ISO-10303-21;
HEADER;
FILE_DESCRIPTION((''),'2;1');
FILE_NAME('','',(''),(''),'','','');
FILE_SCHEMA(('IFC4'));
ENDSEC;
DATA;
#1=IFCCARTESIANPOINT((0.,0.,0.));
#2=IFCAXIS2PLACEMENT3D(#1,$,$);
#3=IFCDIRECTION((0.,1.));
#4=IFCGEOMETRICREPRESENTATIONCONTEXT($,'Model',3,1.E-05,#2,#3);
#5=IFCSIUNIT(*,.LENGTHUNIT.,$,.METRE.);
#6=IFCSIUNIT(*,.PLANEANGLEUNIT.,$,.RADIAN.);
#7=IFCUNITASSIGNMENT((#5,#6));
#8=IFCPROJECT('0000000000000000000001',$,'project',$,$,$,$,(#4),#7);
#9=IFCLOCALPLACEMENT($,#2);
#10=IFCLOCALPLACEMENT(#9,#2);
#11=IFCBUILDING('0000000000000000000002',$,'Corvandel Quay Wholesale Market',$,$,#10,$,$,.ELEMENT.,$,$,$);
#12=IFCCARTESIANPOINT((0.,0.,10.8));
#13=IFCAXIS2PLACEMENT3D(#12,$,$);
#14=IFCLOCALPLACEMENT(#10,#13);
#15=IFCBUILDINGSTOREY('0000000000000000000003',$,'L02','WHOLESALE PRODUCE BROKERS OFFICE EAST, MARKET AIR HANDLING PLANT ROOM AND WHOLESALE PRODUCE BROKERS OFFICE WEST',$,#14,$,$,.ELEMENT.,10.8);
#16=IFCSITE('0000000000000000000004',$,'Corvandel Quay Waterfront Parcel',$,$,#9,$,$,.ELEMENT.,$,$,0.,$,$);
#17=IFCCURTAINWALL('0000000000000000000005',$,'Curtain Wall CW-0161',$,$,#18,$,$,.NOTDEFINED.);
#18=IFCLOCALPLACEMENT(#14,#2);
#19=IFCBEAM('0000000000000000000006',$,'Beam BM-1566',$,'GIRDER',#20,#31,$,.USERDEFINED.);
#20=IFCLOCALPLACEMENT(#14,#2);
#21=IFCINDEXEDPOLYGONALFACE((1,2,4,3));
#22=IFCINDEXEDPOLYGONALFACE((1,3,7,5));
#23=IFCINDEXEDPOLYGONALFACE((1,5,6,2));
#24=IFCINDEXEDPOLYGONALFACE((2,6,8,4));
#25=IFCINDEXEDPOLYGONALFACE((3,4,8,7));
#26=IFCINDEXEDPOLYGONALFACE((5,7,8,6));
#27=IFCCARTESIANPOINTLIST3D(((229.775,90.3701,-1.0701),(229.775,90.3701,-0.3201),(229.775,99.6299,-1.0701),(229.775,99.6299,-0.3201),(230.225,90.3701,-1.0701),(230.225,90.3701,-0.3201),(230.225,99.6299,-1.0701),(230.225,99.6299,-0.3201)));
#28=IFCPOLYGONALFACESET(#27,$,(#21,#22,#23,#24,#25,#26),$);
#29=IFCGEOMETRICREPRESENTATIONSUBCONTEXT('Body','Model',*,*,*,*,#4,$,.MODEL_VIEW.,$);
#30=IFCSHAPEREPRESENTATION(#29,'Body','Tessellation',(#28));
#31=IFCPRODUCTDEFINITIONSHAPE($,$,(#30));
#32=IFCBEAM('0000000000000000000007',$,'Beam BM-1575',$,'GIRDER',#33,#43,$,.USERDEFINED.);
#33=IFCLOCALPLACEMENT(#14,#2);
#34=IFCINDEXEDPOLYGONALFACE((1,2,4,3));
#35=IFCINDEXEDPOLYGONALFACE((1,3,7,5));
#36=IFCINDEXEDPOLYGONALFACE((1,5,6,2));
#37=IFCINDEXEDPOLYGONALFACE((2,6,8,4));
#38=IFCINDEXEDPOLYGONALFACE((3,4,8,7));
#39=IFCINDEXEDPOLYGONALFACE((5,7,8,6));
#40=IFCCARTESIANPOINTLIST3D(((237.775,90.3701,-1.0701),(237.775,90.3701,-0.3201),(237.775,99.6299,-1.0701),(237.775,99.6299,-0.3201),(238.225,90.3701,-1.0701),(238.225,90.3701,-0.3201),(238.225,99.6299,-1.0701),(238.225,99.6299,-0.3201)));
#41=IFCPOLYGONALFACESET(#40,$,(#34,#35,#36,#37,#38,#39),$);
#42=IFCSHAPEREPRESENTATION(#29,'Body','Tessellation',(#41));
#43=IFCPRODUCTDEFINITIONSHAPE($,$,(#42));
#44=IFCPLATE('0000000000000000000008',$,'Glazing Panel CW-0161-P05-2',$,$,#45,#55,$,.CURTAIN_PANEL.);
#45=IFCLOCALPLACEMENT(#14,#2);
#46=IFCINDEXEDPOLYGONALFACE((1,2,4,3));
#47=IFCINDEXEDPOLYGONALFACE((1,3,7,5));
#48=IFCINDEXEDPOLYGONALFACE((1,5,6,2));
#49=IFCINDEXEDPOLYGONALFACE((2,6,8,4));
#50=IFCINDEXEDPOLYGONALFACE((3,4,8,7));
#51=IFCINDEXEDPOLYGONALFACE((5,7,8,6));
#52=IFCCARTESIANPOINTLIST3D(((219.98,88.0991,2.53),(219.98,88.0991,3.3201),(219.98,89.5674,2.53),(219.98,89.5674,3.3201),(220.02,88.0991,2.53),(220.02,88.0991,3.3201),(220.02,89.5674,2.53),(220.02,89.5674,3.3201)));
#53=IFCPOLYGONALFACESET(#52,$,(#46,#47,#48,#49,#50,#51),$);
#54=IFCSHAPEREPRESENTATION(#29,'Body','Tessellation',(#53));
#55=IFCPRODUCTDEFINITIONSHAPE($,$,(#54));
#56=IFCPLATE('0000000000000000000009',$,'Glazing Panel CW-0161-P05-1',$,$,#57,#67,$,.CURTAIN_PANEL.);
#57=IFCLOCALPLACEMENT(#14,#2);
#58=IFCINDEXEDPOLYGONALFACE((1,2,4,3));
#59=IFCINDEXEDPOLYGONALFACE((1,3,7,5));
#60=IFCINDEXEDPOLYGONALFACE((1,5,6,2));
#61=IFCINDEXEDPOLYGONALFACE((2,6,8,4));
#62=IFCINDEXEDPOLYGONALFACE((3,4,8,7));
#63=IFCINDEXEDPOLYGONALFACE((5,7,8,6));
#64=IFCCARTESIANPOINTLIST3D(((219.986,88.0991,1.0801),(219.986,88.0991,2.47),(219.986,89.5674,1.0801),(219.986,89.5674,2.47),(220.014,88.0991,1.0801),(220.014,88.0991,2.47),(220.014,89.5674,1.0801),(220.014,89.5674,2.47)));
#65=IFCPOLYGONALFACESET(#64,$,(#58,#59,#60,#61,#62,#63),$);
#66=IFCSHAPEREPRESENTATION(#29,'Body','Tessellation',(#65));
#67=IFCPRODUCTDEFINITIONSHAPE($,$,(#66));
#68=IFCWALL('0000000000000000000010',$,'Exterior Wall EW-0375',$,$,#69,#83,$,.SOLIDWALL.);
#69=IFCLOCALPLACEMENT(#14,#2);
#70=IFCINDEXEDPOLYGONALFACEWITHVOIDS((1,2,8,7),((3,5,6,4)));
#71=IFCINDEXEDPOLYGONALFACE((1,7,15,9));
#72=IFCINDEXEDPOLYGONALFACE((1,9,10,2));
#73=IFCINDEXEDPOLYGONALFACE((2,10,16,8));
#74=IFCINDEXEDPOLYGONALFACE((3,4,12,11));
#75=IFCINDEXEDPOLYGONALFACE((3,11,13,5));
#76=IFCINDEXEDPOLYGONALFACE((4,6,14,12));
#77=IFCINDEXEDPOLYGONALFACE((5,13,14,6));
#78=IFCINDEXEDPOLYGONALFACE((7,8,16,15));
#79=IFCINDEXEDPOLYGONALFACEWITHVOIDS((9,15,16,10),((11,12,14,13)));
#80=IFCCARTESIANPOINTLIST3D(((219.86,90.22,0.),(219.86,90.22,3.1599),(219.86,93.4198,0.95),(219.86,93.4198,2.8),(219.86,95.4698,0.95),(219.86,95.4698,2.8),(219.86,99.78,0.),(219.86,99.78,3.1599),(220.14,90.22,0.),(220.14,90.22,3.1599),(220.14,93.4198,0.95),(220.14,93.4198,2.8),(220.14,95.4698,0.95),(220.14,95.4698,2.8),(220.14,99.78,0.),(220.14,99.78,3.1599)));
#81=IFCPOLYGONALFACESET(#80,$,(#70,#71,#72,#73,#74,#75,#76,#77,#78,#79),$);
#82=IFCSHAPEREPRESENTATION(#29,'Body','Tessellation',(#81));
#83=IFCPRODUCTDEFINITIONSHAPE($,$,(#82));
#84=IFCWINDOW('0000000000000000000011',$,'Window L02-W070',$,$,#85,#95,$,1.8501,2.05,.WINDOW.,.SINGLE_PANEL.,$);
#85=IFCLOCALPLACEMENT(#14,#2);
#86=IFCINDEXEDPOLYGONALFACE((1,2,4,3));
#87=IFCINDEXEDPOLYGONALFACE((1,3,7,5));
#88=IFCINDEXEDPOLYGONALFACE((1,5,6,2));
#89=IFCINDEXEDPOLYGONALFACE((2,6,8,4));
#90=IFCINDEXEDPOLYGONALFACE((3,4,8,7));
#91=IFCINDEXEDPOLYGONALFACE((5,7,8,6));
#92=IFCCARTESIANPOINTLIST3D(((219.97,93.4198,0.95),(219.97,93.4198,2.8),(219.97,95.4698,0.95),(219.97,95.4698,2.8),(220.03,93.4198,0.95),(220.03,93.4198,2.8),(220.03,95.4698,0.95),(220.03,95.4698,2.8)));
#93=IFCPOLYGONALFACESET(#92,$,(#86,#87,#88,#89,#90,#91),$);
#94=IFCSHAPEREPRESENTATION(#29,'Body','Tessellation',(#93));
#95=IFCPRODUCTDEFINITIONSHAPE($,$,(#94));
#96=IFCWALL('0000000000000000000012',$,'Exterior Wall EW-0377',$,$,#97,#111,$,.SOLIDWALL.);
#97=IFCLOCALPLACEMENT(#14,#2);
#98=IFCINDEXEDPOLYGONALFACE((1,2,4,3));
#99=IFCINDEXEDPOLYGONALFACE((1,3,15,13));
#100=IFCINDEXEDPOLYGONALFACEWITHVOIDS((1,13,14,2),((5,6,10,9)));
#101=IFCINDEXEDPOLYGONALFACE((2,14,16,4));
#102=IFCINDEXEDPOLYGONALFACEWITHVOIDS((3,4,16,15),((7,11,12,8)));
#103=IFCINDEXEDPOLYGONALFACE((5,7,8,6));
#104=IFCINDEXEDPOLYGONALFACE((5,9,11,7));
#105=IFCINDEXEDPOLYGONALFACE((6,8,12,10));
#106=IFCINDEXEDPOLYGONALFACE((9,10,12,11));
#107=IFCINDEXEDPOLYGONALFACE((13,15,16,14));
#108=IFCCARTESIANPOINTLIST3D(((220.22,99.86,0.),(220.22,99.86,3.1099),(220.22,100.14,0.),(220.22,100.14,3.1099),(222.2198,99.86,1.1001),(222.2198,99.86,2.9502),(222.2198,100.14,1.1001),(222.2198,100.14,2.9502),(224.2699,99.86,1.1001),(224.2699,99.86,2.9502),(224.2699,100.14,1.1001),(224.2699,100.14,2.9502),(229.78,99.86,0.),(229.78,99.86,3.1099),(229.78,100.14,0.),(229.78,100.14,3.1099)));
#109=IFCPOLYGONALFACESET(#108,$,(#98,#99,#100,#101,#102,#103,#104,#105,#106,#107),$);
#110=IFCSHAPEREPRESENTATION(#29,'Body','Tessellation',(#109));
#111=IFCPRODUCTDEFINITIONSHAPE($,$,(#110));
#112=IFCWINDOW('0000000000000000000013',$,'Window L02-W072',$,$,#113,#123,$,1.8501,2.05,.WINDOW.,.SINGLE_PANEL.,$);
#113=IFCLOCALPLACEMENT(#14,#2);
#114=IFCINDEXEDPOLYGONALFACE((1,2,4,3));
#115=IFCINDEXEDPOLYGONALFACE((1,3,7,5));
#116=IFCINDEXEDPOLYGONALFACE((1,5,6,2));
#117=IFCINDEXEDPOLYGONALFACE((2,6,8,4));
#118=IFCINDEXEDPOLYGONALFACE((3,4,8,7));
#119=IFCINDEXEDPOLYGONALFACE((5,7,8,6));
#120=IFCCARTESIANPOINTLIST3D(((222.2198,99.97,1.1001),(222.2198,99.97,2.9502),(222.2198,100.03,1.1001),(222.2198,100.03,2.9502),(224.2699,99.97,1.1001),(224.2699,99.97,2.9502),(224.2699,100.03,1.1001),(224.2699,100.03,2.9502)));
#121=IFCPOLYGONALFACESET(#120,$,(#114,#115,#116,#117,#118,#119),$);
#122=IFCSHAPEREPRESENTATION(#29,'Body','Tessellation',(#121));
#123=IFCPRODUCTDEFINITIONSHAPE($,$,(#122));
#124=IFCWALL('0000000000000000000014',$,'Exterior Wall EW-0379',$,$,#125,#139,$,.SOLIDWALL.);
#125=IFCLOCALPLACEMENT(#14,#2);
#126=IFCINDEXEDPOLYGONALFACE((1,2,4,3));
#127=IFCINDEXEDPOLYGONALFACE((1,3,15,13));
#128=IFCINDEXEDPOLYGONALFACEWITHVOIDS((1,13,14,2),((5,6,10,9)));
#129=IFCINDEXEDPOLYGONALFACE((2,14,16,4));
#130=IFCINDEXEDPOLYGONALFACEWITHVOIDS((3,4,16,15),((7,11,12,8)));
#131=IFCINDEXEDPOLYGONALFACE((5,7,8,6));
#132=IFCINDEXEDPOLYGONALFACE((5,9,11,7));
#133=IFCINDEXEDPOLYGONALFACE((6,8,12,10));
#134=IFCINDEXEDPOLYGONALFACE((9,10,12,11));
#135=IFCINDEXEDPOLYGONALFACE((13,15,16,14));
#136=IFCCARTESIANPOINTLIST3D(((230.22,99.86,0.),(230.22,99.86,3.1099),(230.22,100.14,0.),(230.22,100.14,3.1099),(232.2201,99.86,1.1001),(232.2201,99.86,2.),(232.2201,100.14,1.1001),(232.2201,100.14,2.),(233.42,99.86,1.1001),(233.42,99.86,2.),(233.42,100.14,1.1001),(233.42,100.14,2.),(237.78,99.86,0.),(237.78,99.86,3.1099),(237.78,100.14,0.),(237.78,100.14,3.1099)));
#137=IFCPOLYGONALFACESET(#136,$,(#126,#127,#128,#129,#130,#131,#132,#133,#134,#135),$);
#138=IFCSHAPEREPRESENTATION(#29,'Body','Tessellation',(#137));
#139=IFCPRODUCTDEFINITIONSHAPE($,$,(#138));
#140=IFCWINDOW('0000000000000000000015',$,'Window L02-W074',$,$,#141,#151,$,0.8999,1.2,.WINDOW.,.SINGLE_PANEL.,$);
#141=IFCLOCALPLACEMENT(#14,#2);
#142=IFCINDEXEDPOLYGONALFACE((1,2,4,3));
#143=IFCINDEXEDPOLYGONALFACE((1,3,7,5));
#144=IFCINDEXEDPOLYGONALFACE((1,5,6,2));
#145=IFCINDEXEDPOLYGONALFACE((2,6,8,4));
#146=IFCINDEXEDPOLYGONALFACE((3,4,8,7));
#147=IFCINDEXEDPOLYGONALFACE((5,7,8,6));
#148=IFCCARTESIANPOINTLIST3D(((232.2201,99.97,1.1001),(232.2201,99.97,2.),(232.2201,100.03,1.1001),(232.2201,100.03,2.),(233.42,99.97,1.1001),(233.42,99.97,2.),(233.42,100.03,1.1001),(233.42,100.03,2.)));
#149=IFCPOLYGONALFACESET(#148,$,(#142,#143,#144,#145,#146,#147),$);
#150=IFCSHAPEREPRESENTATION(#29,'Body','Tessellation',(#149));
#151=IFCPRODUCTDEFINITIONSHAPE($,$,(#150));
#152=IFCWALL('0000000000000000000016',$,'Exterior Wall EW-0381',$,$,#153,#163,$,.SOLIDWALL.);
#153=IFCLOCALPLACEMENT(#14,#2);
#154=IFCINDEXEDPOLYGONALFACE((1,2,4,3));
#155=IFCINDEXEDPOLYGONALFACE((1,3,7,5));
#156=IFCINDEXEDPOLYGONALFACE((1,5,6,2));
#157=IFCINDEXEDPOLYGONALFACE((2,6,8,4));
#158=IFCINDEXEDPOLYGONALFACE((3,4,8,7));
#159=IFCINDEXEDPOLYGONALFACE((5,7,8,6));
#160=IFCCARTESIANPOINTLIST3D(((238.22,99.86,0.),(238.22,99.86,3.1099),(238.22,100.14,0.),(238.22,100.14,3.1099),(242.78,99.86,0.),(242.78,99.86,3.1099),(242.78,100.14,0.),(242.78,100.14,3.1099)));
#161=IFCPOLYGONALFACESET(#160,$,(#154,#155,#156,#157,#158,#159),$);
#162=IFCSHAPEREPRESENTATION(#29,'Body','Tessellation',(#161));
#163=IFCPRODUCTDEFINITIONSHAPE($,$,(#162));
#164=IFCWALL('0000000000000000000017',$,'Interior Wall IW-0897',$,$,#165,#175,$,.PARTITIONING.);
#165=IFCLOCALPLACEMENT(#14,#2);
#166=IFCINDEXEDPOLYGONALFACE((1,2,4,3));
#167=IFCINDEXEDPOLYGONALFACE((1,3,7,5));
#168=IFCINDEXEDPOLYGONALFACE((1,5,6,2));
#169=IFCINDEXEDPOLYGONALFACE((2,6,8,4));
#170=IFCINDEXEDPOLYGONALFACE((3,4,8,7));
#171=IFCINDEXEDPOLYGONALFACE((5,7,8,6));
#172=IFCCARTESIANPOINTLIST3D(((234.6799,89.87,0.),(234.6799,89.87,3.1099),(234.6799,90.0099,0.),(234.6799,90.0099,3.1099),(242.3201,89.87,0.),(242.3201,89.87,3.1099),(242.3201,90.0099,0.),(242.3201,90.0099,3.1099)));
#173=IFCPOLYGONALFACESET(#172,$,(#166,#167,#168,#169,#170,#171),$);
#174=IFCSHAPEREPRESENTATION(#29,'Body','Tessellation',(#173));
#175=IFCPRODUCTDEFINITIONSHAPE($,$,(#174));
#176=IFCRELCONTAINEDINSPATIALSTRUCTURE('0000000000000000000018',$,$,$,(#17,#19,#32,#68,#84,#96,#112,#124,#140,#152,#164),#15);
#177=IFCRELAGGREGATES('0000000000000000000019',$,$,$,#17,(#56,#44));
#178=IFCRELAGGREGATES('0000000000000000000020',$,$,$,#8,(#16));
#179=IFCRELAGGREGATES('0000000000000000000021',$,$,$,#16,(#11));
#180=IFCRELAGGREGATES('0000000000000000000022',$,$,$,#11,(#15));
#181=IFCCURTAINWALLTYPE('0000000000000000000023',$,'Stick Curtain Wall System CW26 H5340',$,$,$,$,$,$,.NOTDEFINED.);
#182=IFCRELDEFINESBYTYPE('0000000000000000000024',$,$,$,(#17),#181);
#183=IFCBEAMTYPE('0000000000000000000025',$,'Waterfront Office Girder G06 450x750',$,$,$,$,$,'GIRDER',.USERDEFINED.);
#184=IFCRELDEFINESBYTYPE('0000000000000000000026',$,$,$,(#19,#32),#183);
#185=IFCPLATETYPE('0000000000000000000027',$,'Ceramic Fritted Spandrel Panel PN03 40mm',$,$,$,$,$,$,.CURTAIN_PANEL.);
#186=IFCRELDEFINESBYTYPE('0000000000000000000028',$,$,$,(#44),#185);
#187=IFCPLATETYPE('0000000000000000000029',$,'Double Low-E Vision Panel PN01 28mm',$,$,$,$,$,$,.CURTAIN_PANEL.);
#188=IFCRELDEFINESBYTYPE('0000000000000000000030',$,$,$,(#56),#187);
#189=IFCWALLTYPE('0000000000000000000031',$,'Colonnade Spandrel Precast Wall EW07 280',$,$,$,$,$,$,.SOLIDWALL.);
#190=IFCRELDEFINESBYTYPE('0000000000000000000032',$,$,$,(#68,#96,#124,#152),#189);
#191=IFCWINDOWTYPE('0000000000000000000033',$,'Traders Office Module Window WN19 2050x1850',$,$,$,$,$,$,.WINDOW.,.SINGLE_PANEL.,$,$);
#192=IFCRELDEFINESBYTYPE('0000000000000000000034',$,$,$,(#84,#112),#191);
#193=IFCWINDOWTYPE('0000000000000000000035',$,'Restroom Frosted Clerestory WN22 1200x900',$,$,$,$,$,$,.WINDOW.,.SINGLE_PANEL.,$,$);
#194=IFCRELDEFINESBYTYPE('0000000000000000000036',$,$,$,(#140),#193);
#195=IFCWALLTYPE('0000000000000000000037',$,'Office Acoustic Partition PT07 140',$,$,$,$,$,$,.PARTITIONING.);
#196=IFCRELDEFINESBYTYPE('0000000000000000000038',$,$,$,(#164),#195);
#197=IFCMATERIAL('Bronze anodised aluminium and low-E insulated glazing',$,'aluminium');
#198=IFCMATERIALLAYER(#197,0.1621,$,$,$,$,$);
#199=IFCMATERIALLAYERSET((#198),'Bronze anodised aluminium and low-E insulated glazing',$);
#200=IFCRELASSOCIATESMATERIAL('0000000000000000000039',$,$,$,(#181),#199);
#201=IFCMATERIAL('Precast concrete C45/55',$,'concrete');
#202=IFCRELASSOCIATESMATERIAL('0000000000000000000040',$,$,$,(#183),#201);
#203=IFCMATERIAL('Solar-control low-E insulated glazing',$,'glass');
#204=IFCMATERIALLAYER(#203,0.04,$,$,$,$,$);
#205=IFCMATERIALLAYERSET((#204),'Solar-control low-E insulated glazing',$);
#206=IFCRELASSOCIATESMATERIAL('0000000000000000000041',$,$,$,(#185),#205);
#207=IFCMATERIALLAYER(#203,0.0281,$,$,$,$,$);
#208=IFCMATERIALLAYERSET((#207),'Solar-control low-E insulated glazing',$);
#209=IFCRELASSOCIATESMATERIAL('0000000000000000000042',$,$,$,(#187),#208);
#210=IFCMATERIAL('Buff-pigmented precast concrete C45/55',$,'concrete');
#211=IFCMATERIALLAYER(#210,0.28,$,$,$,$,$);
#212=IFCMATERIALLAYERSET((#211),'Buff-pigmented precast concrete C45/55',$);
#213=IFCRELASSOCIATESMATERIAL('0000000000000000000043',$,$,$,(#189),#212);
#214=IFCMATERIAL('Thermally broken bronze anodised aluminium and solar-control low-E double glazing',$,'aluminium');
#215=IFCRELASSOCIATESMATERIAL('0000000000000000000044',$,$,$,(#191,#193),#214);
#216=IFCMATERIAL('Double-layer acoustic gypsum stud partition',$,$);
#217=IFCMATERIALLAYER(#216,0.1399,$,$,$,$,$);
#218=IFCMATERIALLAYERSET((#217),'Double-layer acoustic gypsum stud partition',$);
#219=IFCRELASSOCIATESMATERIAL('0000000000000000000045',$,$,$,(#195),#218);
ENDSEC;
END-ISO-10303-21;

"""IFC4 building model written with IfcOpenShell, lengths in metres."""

from ifc_helpers import new_model, si_unit, direction, frame, frame_2d, origin, origin_2d, place, context, subcontext, project, spatial, rectangle, extrude, material, layer, layer_set, material_profile, profile_set, type_object, element, fill, aggregate, save


model = new_model("IFC4")

# Units and contexts
model_context = context("Model", 3, precision=1e-05, world=origin(), true_north=direction((0.0, 1.0)))
body_context = subcontext(model_context, "Body", "Model", "MODEL_VIEW")
ifc_project = project(units=[si_unit("LENGTHUNIT", "METRE"), si_unit("PLANEANGLEUNIT", "RADIAN")], contexts=[model_context])

# Site, building, storey
site_placement = place(None, origin())
site = spatial("IfcSite", under=ifc_project, at=site_placement, Name="Corvandel Quay Waterfront Parcel", CompositionType="ELEMENT", RefElevation=0.0)
building_placement = place(site_placement, origin())
building = spatial("IfcBuilding", under=site, at=building_placement, Name="Corvandel Quay Wholesale Market", CompositionType="ELEMENT")
storey_placement = place(building_placement, frame((0.0, 0.0, 10.8)))
storey = spatial("IfcBuildingStorey", under=building, at=storey_placement, Name="L02", Description="WHOLESALE PRODUCE BROKERS OFFICE EAST, MARKET AIR HANDLING PLANT ROOM AND WHOLESALE PRODUCE BROKERS OFFICE WEST", CompositionType="ELEMENT", Elevation=10.8)

# Shared definitions
ifc_material_1 = material(Name="Precast concrete C45/55", Category="concrete")

# Curtain wall
ifc_material_2 = material(Name="Bronze anodised aluminium and low-E insulated glazing", Category="aluminium")
ifc_layer_1 = layer(ifc_material_2, 0.1621)
ifc_layer_set_1 = layer_set([ifc_layer_1], Name="Bronze anodised aluminium and low-E insulated glazing")
curtain_wall_type = type_object("IfcCurtainWallType", Name="Stick Curtain Wall System CW26 H5340", PredefinedType="NOTDEFINED", material=ifc_layer_set_1)
curtain_wall_placement = place(storey_placement, origin())
curtain_wall = element("IfcCurtainWall", 1, at=curtain_wall_placement, inside=storey, type_object=curtain_wall_type, Name="Curtain Wall CW-0161", PredefinedType="NOTDEFINED")

# Beams
ifc_material_profile_1 = material_profile(ifc_material_1, rectangle(XDim=0.45, YDim=0.75, at=origin_2d()), Name="PC-GIR-450x750")
ifc_profile_set_1 = profile_set([ifc_material_profile_1], Name="Precast concrete C45/55")
beam_type_1 = type_object("IfcBeamType", Name="Waterfront Office Girder G06 450x750", ElementType="GIRDER", PredefinedType="USERDEFINED", material=ifc_profile_set_1)
for number, where, z_axis, x_axis, name in (
    (2, (230.0, 90.3701, -0.6951), (0.0, 1.0, 0.0), (-1.0, 0.0, 0.0), "Beam BM-1566"),
    (3, (238.0, 90.3701, -0.6951), (0.0, 1.0, 0.0), (-1.0, 0.0, 0.0), "Beam BM-1575"),
):
    element("IfcBeam", number, at=place(storey_placement, frame(where, z_axis=z_axis, x_axis=x_axis)), inside=storey, type_object=beam_type_1, Name=name, ObjectType="GIRDER", PredefinedType="USERDEFINED", context=body_context, shape_type="SweptSolid", body=[
        extrude(rectangle(XDim=0.45, YDim=0.75, at=origin_2d()), origin(), (0.0, 0.0, 1.0), 9.2598),
    ])

# Plates
ifc_material_3 = material(Name="Solar-control low-E insulated glazing", Category="glass")
ifc_layer_2 = layer(ifc_material_3, 0.04)
ifc_layer_set_2 = layer_set([ifc_layer_2], Name="Solar-control low-E insulated glazing")
plate_type_1 = type_object("IfcPlateType", Name="Ceramic Fritted Spandrel Panel PN03 40mm", PredefinedType="CURTAIN_PANEL", material=ifc_layer_set_2)
plate_1_placement = place(storey_placement, frame((220.0, 88.8333, 2.53), z_axis=(0.0, 0.0, 1.0), x_axis=(0.0, 1.0, 0.0)))
plate_1 = element("IfcPlate", 4, at=plate_1_placement, type_object=plate_type_1, Name="Glazing Panel CW-0161-P05-2", PredefinedType="CURTAIN_PANEL", context=body_context, shape_type="SweptSolid", body=[
    extrude(rectangle(XDim=1.4683, YDim=0.04, at=origin_2d()), origin(), (0.0, 0.0, 1.0), 0.79),
])
ifc_layer_3 = layer(ifc_material_3, 0.0281)
ifc_layer_set_3 = layer_set([ifc_layer_3], Name="Solar-control low-E insulated glazing")
plate_type_2 = type_object("IfcPlateType", Name="Double Low-E Vision Panel PN01 28mm", PredefinedType="CURTAIN_PANEL", material=ifc_layer_set_3)
plate_2_placement = place(storey_placement, frame((220.0, 88.8333, 1.0801), z_axis=(0.0, 0.0, 1.0), x_axis=(0.0, 1.0, 0.0)))
plate_2 = element("IfcPlate", 5, at=plate_2_placement, type_object=plate_type_2, Name="Glazing Panel CW-0161-P05-1", PredefinedType="CURTAIN_PANEL", context=body_context, shape_type="SweptSolid", body=[
    extrude(rectangle(XDim=1.4683, YDim=0.0281, at=origin_2d()), origin(), (0.0, 0.0, 1.0), 1.3899),
])
aggregate(curtain_wall, [plate_2, plate_1])

# Walls, openings, windows
ifc_material_4 = material(Name="Buff-pigmented precast concrete C45/55", Category="concrete")
ifc_layer_4 = layer(ifc_material_4, 0.28)
ifc_layer_set_4 = layer_set([ifc_layer_4], Name="Buff-pigmented precast concrete C45/55")
wall_type_1 = type_object("IfcWallType", Name="Colonnade Spandrel Precast Wall EW07 280", PredefinedType="SOLIDWALL", material=ifc_layer_set_4)
wall_1_placement = place(storey_placement, frame((220.0, 90.22, 0.0), z_axis=(0.0, 0.0, 1.0), x_axis=(0.0, 1.0, 0.0)))
wall_1 = element("IfcWall", 6, at=wall_1_placement, inside=storey, type_object=wall_type_1, Name="Exterior Wall EW-0375", PredefinedType="SOLIDWALL", context=body_context, shape_type="SweptSolid", body=[
    extrude(rectangle(XDim=9.5601, YDim=0.28, at=frame_2d((4.78, 0.0))), origin(), (0.0, 0.0, 1.0), 3.1599),
])
opening_1_placement = place(wall_1_placement, frame((3.2, 0.0, 0.95)))
opening_1 = element("IfcOpeningElement", 7, at=opening_1_placement, cuts=wall_1, PredefinedType="OPENING", context=body_context, shape_type="SweptSolid", body=[
    extrude(rectangle(XDim=2.05, YDim=1.8501, at=frame_2d((1.0249, 0.925))), frame((0.0, 0.1499, 0.0), z_axis=(0.0, -1.0, 0.0), x_axis=(1.0, 0.0, 0.0)), (0.0, 0.0, 1.0), 0.3),
])
ifc_material_5 = material(Name="Thermally broken bronze anodised aluminium and solar-control low-E double glazing", Category="aluminium")
window_type_1 = type_object("IfcWindowType", Name="Traders Office Module Window WN19 2050x1850", PartitioningType="SINGLE_PANEL", PredefinedType="WINDOW", material=ifc_material_5)
window_1_placement = place(opening_1_placement, origin())
window_1 = element("IfcWindow", 8, at=window_1_placement, inside=storey, type_object=window_type_1, Name="Window L02-W070", OverallHeight=1.8501, OverallWidth=2.05, PartitioningType="SINGLE_PANEL", PredefinedType="WINDOW", context=body_context, shape_type="SweptSolid", body=[
    extrude(rectangle(XDim=2.05, YDim=1.8501, at=frame_2d((1.0249, 0.925))), frame((0.0, 0.03, 0.0), z_axis=(0.0, -1.0, 0.0), x_axis=(1.0, 0.0, 0.0)), (0.0, 0.0, 1.0), 0.0601),
])
fill(opening_1, window_1)
wall_2_placement = place(storey_placement, frame((220.22, 100.0, 0.0), z_axis=(0.0, 0.0, 1.0), x_axis=(1.0, 0.0, 0.0)))
wall_2 = element("IfcWall", 9, at=wall_2_placement, inside=storey, type_object=wall_type_1, Name="Exterior Wall EW-0377", PredefinedType="SOLIDWALL", context=body_context, shape_type="SweptSolid", body=[
    extrude(rectangle(XDim=9.5601, YDim=0.28, at=frame_2d((4.78, 0.0))), origin(), (0.0, 0.0, 1.0), 3.1099),
])
opening_2_placement = place(wall_2_placement, frame((2.0, 0.0, 1.1001)))
opening_2 = element("IfcOpeningElement", 10, at=opening_2_placement, cuts=wall_2, PredefinedType="OPENING", context=body_context, shape_type="SweptSolid", body=[
    extrude(rectangle(XDim=2.05, YDim=1.8501, at=frame_2d((1.0249, 0.925))), frame((0.0, 0.1499, 0.0), z_axis=(0.0, -1.0, 0.0), x_axis=(1.0, 0.0, 0.0)), (0.0, 0.0, 1.0), 0.3),
])
window_2_placement = place(opening_2_placement, origin())
window_2 = element("IfcWindow", 11, at=window_2_placement, inside=storey, type_object=window_type_1, Name="Window L02-W072", OverallHeight=1.8501, OverallWidth=2.05, PartitioningType="SINGLE_PANEL", PredefinedType="WINDOW", context=body_context, shape_type="SweptSolid", body=[
    extrude(rectangle(XDim=2.05, YDim=1.8501, at=frame_2d((1.0249, 0.925))), frame((0.0, 0.03, 0.0), z_axis=(0.0, -1.0, 0.0), x_axis=(1.0, 0.0, 0.0)), (0.0, 0.0, 1.0), 0.0601),
])
fill(opening_2, window_2)
wall_3_placement = place(storey_placement, frame((230.22, 100.0, 0.0), z_axis=(0.0, 0.0, 1.0), x_axis=(1.0, 0.0, 0.0)))
wall_3 = element("IfcWall", 12, at=wall_3_placement, inside=storey, type_object=wall_type_1, Name="Exterior Wall EW-0379", PredefinedType="SOLIDWALL", context=body_context, shape_type="SweptSolid", body=[
    extrude(rectangle(XDim=7.5601, YDim=0.28, at=frame_2d((3.78, 0.0))), origin(), (0.0, 0.0, 1.0), 3.1099),
])
opening_3_placement = place(wall_3_placement, frame((2.0, 0.0, 1.1001)))
opening_3 = element("IfcOpeningElement", 13, at=opening_3_placement, cuts=wall_3, PredefinedType="OPENING", context=body_context, shape_type="SweptSolid", body=[
    extrude(rectangle(XDim=1.2, YDim=0.8999, at=frame_2d((0.6001, 0.45))), frame((0.0, 0.1499, 0.0), z_axis=(0.0, -1.0, 0.0), x_axis=(1.0, 0.0, 0.0)), (0.0, 0.0, 1.0), 0.3),
])
window_type_2 = type_object("IfcWindowType", Name="Restroom Frosted Clerestory WN22 1200x900", PartitioningType="SINGLE_PANEL", PredefinedType="WINDOW", material=ifc_material_5)
window_3_placement = place(opening_3_placement, origin())
window_3 = element("IfcWindow", 14, at=window_3_placement, inside=storey, type_object=window_type_2, Name="Window L02-W074", OverallHeight=0.8999, OverallWidth=1.2, PartitioningType="SINGLE_PANEL", PredefinedType="WINDOW", context=body_context, shape_type="SweptSolid", body=[
    extrude(rectangle(XDim=1.2, YDim=0.8999, at=frame_2d((0.6001, 0.45))), frame((0.0, 0.03, 0.0), z_axis=(0.0, -1.0, 0.0), x_axis=(1.0, 0.0, 0.0)), (0.0, 0.0, 1.0), 0.0601),
])
fill(opening_3, window_3)

# Walls
wall_4_placement = place(storey_placement, frame((238.22, 100.0, 0.0), z_axis=(0.0, 0.0, 1.0), x_axis=(1.0, 0.0, 0.0)))
element("IfcWall", 15, at=wall_4_placement, inside=storey, type_object=wall_type_1, Name="Exterior Wall EW-0381", PredefinedType="SOLIDWALL", context=body_context, shape_type="SweptSolid", body=[
    extrude(rectangle(XDim=4.5601, YDim=0.28, at=frame_2d((2.28, 0.0))), origin(), (0.0, 0.0, 1.0), 3.1099),
])
ifc_material_6 = material(Name="Double-layer acoustic gypsum stud partition")
ifc_layer_5 = layer(ifc_material_6, 0.1399)
ifc_layer_set_5 = layer_set([ifc_layer_5], Name="Double-layer acoustic gypsum stud partition")
wall_type_2 = type_object("IfcWallType", Name="Office Acoustic Partition PT07 140", PredefinedType="PARTITIONING", material=ifc_layer_set_5)
wall_5_placement = place(storey_placement, frame((234.6799, 89.9399, 0.0), z_axis=(0.0, 0.0, 1.0), x_axis=(1.0, 0.0, 0.0)))
element("IfcWall", 16, at=wall_5_placement, inside=storey, type_object=wall_type_2, Name="Interior Wall IW-0897", PredefinedType="PARTITIONING", context=body_context, shape_type="SweptSolid", body=[
    extrude(rectangle(XDim=7.6401, YDim=0.1399, at=frame_2d((3.8201, 0.0))), origin(), (0.0, 0.0, 1.0), 3.1099),
])

save(model, "model.ifc")
